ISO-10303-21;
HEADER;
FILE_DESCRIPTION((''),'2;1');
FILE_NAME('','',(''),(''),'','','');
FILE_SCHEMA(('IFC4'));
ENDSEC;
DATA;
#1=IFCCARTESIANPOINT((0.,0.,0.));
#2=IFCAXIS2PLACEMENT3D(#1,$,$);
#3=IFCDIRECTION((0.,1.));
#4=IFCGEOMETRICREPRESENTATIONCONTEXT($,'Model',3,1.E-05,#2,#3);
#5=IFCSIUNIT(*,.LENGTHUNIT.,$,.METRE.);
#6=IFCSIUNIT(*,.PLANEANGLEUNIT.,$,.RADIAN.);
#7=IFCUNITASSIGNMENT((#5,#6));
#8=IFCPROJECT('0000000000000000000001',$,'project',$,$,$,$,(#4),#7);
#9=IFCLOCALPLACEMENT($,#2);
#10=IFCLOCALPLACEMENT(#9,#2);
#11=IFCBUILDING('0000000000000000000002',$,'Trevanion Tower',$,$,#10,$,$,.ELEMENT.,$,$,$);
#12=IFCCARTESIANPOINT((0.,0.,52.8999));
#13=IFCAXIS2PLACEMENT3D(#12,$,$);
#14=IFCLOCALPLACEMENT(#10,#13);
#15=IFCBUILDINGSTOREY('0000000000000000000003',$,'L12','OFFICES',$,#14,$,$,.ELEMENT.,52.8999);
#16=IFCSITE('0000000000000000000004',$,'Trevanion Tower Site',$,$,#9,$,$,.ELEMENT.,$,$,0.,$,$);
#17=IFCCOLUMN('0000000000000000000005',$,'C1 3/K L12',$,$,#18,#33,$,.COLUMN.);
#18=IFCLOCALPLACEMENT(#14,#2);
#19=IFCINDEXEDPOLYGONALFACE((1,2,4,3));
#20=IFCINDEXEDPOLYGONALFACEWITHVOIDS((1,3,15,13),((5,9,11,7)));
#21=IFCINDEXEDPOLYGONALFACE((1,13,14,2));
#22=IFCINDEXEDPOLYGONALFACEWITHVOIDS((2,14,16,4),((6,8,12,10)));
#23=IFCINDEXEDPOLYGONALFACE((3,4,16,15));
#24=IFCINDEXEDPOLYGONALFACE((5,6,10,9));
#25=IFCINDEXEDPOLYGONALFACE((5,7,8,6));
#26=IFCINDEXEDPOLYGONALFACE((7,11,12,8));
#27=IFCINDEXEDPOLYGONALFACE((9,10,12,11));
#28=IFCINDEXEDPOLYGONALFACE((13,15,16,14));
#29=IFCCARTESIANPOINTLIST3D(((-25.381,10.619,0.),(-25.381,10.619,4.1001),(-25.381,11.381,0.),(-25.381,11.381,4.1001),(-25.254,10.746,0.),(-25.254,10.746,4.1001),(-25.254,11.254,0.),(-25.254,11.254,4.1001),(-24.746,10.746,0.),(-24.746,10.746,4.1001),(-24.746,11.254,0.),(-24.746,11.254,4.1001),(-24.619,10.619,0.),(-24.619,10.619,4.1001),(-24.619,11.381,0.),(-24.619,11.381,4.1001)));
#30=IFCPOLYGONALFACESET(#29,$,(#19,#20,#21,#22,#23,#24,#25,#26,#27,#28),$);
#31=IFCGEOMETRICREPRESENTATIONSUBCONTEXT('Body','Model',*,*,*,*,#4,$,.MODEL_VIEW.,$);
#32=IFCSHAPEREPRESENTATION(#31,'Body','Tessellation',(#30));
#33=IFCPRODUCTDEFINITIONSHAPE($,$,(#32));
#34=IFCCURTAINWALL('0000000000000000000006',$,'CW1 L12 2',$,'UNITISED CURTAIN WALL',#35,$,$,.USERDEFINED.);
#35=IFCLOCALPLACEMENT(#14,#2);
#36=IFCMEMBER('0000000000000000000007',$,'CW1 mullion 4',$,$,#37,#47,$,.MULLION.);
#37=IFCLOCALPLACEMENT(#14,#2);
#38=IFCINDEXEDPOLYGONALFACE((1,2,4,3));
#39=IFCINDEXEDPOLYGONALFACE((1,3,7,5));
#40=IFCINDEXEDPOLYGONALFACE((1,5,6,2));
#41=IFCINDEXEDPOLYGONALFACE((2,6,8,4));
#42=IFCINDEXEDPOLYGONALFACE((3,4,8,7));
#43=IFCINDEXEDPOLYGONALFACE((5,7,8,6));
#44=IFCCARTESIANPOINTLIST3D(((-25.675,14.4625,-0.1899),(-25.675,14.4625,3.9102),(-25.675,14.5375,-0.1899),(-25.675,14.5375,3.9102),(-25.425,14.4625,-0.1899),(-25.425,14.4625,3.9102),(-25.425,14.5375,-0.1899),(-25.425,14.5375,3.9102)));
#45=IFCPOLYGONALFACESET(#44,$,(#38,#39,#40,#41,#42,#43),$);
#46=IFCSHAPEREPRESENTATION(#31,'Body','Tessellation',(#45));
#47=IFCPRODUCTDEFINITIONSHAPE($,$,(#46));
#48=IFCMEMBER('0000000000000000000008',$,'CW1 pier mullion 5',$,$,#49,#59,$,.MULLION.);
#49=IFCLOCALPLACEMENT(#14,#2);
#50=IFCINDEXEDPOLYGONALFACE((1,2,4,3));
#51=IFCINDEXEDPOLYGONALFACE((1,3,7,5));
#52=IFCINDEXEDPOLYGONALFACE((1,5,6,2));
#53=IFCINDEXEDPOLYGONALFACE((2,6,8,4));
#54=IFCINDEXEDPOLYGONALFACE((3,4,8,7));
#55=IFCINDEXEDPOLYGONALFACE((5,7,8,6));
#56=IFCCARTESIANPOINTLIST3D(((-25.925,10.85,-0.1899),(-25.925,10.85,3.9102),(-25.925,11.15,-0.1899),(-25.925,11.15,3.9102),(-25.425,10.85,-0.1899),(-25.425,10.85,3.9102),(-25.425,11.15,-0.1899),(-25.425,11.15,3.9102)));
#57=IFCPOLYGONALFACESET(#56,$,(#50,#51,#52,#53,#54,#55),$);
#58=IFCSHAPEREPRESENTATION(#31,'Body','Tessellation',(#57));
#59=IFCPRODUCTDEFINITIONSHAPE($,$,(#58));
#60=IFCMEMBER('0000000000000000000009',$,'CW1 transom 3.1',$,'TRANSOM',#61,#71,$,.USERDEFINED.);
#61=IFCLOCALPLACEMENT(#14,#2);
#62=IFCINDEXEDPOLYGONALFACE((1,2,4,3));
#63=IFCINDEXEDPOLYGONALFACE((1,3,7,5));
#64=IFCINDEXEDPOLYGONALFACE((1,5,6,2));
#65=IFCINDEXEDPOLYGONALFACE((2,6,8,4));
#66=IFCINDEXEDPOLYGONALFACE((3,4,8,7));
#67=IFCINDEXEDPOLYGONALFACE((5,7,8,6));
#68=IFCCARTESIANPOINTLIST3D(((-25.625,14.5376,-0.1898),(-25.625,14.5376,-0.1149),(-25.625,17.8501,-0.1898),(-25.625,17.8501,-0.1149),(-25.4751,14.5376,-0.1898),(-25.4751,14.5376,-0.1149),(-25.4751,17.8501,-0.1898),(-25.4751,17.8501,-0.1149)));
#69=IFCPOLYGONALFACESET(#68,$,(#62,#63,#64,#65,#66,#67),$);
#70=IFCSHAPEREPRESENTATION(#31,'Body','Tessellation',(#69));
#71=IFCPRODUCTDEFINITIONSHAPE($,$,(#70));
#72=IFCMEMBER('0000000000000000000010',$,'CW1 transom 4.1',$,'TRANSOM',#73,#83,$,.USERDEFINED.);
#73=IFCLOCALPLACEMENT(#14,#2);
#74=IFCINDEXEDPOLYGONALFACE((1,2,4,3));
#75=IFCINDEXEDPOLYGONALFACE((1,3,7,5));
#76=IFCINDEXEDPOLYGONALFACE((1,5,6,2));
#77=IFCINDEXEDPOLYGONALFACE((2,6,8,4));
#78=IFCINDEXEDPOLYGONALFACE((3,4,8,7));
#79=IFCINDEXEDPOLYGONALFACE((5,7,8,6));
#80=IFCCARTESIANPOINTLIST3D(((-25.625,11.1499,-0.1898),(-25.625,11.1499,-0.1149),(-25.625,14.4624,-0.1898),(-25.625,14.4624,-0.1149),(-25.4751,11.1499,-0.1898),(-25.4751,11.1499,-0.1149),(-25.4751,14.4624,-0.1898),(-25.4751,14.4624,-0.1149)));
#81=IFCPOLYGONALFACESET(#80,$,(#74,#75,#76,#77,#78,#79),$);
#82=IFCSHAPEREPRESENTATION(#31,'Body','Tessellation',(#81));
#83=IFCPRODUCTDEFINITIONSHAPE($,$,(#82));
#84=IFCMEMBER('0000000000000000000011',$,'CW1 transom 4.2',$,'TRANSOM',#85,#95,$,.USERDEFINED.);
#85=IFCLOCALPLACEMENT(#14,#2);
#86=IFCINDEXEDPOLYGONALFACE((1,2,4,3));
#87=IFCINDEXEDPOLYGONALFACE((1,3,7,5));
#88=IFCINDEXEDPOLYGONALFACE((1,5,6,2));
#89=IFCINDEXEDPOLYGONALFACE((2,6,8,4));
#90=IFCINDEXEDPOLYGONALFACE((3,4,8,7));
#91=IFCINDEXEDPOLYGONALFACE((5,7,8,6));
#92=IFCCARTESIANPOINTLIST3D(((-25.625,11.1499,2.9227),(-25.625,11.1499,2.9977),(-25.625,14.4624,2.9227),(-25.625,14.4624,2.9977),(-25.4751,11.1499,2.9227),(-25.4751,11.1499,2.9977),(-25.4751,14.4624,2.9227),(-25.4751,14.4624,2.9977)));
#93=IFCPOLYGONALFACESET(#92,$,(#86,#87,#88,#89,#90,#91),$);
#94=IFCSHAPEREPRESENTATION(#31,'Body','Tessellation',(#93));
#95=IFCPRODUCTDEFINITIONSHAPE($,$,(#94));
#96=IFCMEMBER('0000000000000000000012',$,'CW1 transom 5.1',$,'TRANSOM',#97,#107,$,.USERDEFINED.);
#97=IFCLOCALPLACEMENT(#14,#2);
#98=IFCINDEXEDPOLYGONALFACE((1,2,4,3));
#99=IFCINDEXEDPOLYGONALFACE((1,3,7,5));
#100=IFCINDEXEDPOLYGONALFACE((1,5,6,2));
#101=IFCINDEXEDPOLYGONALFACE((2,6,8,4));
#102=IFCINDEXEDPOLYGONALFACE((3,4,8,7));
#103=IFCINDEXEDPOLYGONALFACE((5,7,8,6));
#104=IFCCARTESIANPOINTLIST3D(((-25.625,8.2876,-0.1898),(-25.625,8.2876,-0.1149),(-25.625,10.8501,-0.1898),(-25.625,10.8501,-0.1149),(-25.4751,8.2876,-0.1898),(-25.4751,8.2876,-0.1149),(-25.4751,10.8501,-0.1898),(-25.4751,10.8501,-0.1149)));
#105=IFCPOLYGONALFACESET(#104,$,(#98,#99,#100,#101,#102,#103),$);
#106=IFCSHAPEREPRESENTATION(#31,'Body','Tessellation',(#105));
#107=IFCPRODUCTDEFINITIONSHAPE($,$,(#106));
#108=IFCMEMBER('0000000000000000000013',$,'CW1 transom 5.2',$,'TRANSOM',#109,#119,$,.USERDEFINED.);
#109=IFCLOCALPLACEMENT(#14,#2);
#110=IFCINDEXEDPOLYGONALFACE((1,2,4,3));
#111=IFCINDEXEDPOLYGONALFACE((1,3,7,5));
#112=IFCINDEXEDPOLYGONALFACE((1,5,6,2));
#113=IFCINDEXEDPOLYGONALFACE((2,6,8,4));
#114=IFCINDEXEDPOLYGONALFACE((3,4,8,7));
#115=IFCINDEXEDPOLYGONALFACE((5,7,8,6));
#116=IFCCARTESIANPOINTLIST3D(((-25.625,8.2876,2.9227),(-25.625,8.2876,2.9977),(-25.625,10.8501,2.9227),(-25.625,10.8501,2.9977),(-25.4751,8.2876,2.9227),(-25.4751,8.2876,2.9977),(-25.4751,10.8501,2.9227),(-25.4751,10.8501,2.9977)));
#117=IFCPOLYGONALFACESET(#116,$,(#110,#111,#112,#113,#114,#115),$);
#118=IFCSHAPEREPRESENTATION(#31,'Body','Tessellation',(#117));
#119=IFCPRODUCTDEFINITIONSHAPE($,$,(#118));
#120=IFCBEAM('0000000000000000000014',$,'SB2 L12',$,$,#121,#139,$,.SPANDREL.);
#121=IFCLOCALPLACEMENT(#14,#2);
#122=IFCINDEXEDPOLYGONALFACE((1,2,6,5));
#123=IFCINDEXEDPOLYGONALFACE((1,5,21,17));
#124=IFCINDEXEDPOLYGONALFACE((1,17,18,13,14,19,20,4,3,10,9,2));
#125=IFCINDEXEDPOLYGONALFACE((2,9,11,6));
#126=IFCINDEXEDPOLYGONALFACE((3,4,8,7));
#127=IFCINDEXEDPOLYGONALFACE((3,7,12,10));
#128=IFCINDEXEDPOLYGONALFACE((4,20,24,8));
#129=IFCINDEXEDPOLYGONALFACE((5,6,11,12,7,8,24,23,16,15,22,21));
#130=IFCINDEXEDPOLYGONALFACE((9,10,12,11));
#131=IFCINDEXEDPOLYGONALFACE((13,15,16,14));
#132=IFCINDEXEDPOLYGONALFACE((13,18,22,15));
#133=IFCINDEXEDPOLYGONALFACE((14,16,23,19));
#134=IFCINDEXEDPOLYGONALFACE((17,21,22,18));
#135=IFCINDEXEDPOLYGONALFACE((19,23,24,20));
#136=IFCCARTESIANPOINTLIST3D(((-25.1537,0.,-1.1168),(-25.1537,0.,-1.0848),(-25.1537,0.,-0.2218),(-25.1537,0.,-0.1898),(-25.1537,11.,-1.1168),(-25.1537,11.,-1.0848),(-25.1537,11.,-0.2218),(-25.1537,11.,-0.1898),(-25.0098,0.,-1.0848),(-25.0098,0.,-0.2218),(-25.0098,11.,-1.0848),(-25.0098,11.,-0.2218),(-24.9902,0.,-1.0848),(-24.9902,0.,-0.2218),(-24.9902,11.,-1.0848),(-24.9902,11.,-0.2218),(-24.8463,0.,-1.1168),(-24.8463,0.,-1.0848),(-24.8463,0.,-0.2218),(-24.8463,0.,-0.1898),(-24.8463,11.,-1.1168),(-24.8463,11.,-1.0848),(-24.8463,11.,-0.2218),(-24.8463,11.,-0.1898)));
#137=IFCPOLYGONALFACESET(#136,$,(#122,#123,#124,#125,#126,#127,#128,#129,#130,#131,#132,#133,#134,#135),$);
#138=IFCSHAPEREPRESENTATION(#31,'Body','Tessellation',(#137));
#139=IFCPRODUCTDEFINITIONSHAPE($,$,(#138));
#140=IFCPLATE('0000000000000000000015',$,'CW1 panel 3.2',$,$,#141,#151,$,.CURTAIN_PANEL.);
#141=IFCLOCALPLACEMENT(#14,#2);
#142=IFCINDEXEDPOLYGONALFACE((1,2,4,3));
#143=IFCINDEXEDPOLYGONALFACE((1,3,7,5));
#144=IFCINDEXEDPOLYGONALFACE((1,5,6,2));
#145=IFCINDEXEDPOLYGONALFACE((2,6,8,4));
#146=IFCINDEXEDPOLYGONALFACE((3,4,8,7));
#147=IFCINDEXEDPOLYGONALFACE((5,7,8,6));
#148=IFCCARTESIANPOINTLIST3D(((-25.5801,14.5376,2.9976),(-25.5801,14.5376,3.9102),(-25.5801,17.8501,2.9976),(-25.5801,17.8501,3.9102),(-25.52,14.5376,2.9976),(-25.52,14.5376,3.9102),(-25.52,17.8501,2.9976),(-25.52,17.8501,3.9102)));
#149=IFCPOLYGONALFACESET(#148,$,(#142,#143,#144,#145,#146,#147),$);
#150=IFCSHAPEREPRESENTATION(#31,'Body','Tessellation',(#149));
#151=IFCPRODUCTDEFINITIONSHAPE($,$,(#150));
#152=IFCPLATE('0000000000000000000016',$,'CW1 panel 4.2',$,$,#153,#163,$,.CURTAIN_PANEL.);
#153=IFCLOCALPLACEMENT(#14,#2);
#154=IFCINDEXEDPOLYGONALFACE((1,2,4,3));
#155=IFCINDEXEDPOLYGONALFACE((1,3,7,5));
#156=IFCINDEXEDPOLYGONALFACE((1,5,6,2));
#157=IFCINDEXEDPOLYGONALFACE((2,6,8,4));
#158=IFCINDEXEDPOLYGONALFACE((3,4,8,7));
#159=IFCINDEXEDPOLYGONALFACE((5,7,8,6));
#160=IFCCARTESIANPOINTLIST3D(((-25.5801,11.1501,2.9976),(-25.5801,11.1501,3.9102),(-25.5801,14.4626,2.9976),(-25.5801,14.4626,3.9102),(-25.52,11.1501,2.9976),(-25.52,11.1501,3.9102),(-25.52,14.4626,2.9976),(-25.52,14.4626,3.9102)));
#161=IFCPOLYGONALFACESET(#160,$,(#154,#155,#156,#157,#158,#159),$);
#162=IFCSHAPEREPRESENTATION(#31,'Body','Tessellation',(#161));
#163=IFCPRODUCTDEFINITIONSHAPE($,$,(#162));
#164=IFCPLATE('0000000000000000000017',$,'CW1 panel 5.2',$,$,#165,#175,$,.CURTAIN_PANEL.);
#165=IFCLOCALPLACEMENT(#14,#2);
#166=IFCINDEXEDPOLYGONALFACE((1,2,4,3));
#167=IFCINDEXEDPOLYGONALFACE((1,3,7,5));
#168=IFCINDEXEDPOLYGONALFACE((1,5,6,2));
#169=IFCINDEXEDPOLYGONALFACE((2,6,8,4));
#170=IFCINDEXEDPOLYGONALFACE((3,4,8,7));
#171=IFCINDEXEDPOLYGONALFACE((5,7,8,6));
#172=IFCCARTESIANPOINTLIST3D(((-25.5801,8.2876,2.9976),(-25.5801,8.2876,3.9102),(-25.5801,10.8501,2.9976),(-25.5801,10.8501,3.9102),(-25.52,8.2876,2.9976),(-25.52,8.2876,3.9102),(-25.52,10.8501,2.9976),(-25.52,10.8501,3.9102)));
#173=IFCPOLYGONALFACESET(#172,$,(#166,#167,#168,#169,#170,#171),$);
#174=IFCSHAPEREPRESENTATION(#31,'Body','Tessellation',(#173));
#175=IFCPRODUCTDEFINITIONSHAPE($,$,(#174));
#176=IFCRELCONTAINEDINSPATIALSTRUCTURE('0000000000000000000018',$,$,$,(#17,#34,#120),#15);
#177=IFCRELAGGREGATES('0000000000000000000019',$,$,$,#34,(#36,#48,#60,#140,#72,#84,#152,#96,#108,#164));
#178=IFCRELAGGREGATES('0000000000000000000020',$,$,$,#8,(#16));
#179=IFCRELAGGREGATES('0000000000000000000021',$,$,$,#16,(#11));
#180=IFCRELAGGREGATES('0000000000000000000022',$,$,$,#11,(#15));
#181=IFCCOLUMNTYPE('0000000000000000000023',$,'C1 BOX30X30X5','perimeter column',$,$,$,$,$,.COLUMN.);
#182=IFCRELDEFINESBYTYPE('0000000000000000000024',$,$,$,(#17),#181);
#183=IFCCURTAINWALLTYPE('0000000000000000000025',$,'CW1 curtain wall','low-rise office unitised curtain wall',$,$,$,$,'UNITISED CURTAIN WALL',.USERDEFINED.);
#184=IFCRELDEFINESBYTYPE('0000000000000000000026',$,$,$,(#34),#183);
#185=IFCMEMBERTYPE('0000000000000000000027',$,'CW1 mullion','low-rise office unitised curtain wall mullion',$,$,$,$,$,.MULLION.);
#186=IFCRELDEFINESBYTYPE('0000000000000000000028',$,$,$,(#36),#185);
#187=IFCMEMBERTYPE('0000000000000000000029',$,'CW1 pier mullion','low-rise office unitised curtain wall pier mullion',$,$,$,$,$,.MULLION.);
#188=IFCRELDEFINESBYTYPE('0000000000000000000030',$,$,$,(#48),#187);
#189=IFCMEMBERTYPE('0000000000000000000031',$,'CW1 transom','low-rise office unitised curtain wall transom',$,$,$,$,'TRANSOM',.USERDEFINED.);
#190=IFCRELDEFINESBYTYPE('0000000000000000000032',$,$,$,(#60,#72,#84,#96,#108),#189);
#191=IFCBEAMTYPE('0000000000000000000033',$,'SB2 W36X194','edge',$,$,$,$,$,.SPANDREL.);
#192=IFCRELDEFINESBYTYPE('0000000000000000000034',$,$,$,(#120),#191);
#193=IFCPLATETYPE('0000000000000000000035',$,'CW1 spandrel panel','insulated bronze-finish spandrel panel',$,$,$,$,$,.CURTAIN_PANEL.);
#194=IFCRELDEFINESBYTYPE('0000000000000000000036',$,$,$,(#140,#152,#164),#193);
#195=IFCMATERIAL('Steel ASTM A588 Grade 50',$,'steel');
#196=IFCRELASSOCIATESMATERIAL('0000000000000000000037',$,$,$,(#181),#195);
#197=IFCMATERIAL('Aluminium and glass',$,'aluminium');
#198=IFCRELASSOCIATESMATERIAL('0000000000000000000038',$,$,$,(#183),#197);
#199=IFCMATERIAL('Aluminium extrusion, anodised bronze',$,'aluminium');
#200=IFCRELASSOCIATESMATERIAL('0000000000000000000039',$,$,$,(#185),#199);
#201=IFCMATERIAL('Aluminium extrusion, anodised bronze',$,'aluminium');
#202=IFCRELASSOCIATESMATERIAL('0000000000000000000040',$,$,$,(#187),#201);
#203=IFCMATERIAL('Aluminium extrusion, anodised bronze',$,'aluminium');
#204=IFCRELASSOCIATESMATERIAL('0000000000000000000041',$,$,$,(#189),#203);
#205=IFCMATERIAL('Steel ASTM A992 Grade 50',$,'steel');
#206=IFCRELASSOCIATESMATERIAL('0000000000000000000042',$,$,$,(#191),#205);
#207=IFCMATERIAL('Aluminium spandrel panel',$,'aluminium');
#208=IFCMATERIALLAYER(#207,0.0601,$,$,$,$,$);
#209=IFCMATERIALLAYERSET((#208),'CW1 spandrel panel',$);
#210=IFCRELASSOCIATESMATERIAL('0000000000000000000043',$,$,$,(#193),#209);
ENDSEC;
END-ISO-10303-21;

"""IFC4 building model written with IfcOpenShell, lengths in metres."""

from ifc_helpers import new_model, si_unit, direction, frame, origin, origin_2d, place, context, subcontext, project, spatial, rectangle, hollow_rectangle, i_section, extrude, material, layer, layer_set, material_profile, profile_set, type_object, element, aggregate, save


model = new_model("IFC4")

# Units and contexts
model_context = context("Model", 3, precision=1e-05, world=origin(), true_north=direction((0.0, 1.0)))
body_context = subcontext(model_context, "Body", "Model", "MODEL_VIEW")
ifc_project = project(units=[si_unit("LENGTHUNIT", "METRE"), si_unit("PLANEANGLEUNIT", "RADIAN")], contexts=[model_context])

# Site, building, storey
site_placement = place(None, origin())
site = spatial("IfcSite", under=ifc_project, at=site_placement, Name="Trevanion Tower Site", CompositionType="ELEMENT", RefElevation=0.0)
building_placement = place(site_placement, origin())
building = spatial("IfcBuilding", under=site, at=building_placement, Name="Trevanion Tower", CompositionType="ELEMENT")
storey_placement = place(building_placement, frame((0.0, 0.0, 52.8999)))
storey = spatial("IfcBuildingStorey", under=building, at=storey_placement, Name="L12", Description="OFFICES", CompositionType="ELEMENT", Elevation=52.8999)

# Column
ifc_material_1 = material(Name="Steel ASTM A588 Grade 50", Category="steel")
ifc_material_profile_1 = material_profile(ifc_material_1, hollow_rectangle(XDim=0.762, YDim=0.762, WallThickness=0.127, at=origin_2d()), Name="BOX30X30X5")
ifc_profile_set_1 = profile_set([ifc_material_profile_1], Name="Steel ASTM A588 Grade 50")
column_type = type_object("IfcColumnType", Name="C1 BOX30X30X5", Description="perimeter column", PredefinedType="COLUMN", material=ifc_profile_set_1)
column_placement = place(storey_placement, frame((-25.0, 11.0, 0.0), z_axis=(0.0, 0.0, 1.0), x_axis=(0.0, 1.0, 0.0)))
element("IfcColumn", 1, at=column_placement, inside=storey, type_object=column_type, Name="C1 3/K L12", PredefinedType="COLUMN", context=body_context, shape_type="SweptSolid", body=[
    extrude(hollow_rectangle(XDim=0.762, YDim=0.762, WallThickness=0.127, at=origin_2d()), origin(), (0.0, 0.0, 1.0), 4.1001),
])

# Curtain wall, members
ifc_material_2 = material(Name="Aluminium and glass", Category="aluminium")
curtain_wall_type = type_object("IfcCurtainWallType", Name="CW1 curtain wall", Description="low-rise office unitised curtain wall", ElementType="UNITISED CURTAIN WALL", PredefinedType="USERDEFINED", material=ifc_material_2)
curtain_wall_placement = place(storey_placement, origin())
curtain_wall = element("IfcCurtainWall", 2, at=curtain_wall_placement, inside=storey, type_object=curtain_wall_type, Name="CW1 L12 2", ObjectType="UNITISED CURTAIN WALL", PredefinedType="USERDEFINED")
ifc_material_3 = material(Name="Aluminium extrusion, anodised bronze", Category="aluminium")
ifc_material_profile_2 = material_profile(ifc_material_3, rectangle(XDim=0.075, YDim=0.25, at=origin_2d()), Name="CW1 mullion")
ifc_profile_set_2 = profile_set([ifc_material_profile_2], Name="Aluminium extrusion, anodised bronze")
member_type_1 = type_object("IfcMemberType", Name="CW1 mullion", Description="low-rise office unitised curtain wall mullion", PredefinedType="MULLION", material=ifc_profile_set_2)
member_1_placement = place(storey_placement, frame((-25.55, 14.5, -0.1899), z_axis=(0.0, 0.0, 1.0), x_axis=(0.0, -1.0, 0.0)))
member_1 = element("IfcMember", 3, at=member_1_placement, type_object=member_type_1, Name="CW1 mullion 4", PredefinedType="MULLION", context=body_context, shape_type="SweptSolid", body=[
    extrude(rectangle(XDim=0.075, YDim=0.25, at=origin_2d()), origin(), (0.0, 0.0, 1.0), 4.1001),
])
ifc_material_4 = material(Name="Aluminium extrusion, anodised bronze", Category="aluminium")
ifc_material_profile_3 = material_profile(ifc_material_4, rectangle(XDim=0.3, YDim=0.5, at=origin_2d()), Name="CW1 pier mullion")
ifc_profile_set_3 = profile_set([ifc_material_profile_3], Name="Aluminium extrusion, anodised bronze")
member_type_2 = type_object("IfcMemberType", Name="CW1 pier mullion", Description="low-rise office unitised curtain wall pier mullion", PredefinedType="MULLION", material=ifc_profile_set_3)
member_2_placement = place(storey_placement, frame((-25.675, 11.0, -0.1899), z_axis=(0.0, 0.0, 1.0), x_axis=(0.0, -1.0, 0.0)))
member_2 = element("IfcMember", 4, at=member_2_placement, type_object=member_type_2, Name="CW1 pier mullion 5", PredefinedType="MULLION", context=body_context, shape_type="SweptSolid", body=[
    extrude(rectangle(XDim=0.3, YDim=0.5, at=origin_2d()), origin(), (0.0, 0.0, 1.0), 4.1001),
])
ifc_material_5 = material(Name="Aluminium extrusion, anodised bronze", Category="aluminium")
ifc_material_profile_4 = material_profile(ifc_material_5, rectangle(XDim=0.1499, YDim=0.075, at=origin_2d()), Name="CW1 transom")
ifc_profile_set_4 = profile_set([ifc_material_profile_4], Name="Aluminium extrusion, anodised bronze")
member_type_3 = type_object("IfcMemberType", Name="CW1 transom", Description="low-rise office unitised curtain wall transom", ElementType="TRANSOM", PredefinedType="USERDEFINED", material=ifc_profile_set_4)
member_3_placement = place(storey_placement, frame((-25.55, 17.8501, -0.1523), z_axis=(0.0, -1.0, 0.0), x_axis=(1.0, 0.0, 0.0)))
member_3 = element("IfcMember", 5, at=member_3_placement, type_object=member_type_3, Name="CW1 transom 3.1", ObjectType="TRANSOM", PredefinedType="USERDEFINED", context=body_context, shape_type="SweptSolid", body=[
    extrude(rectangle(XDim=0.1499, YDim=0.075, at=origin_2d()), origin(), (0.0, 0.0, 1.0), 3.3125),
])
member_4_placement = place(storey_placement, frame((-25.55, 14.4624, -0.1523), z_axis=(0.0, -1.0, 0.0), x_axis=(1.0, 0.0, 0.0)))
member_4 = element("IfcMember", 6, at=member_4_placement, type_object=member_type_3, Name="CW1 transom 4.1", ObjectType="TRANSOM", PredefinedType="USERDEFINED", context=body_context, shape_type="SweptSolid", body=[
    extrude(rectangle(XDim=0.1499, YDim=0.075, at=origin_2d()), origin(), (0.0, 0.0, 1.0), 3.3125),
])
member_5_placement = place(storey_placement, frame((-25.55, 14.4624, 2.9602), z_axis=(0.0, -1.0, 0.0), x_axis=(1.0, 0.0, 0.0)))
member_5 = element("IfcMember", 7, at=member_5_placement, type_object=member_type_3, Name="CW1 transom 4.2", ObjectType="TRANSOM", PredefinedType="USERDEFINED", context=body_context, shape_type="SweptSolid", body=[
    extrude(rectangle(XDim=0.1499, YDim=0.075, at=origin_2d()), origin(), (0.0, 0.0, 1.0), 3.3125),
])
member_6_placement = place(storey_placement, frame((-25.55, 10.8501, -0.1523), z_axis=(0.0, -1.0, 0.0), x_axis=(1.0, 0.0, 0.0)))
member_6 = element("IfcMember", 8, at=member_6_placement, type_object=member_type_3, Name="CW1 transom 5.1", ObjectType="TRANSOM", PredefinedType="USERDEFINED", context=body_context, shape_type="SweptSolid", body=[
    extrude(rectangle(XDim=0.1499, YDim=0.075, at=origin_2d()), origin(), (0.0, 0.0, 1.0), 2.5625),
])
member_7_placement = place(storey_placement, frame((-25.55, 10.8501, 2.9602), z_axis=(0.0, -1.0, 0.0), x_axis=(1.0, 0.0, 0.0)))
member_7 = element("IfcMember", 9, at=member_7_placement, type_object=member_type_3, Name="CW1 transom 5.2", ObjectType="TRANSOM", PredefinedType="USERDEFINED", context=body_context, shape_type="SweptSolid", body=[
    extrude(rectangle(XDim=0.1499, YDim=0.075, at=origin_2d()), origin(), (0.0, 0.0, 1.0), 2.5625),
])

# Beam
ifc_material_6 = material(Name="Steel ASTM A992 Grade 50", Category="steel")
ifc_material_profile_5 = material_profile(ifc_material_6, i_section(OverallWidth=0.3074, OverallDepth=0.927, WebThickness=0.0195, FlangeThickness=0.032, at=origin_2d()), Name="W36X194")
ifc_profile_set_5 = profile_set([ifc_material_profile_5], Name="Steel ASTM A992 Grade 50")
beam_type = type_object("IfcBeamType", Name="SB2 W36X194", Description="edge", PredefinedType="SPANDREL", material=ifc_profile_set_5)
beam_placement = place(storey_placement, frame((-25.0, 11.0, -0.6533), z_axis=(0.0, -1.0, 0.0), x_axis=(1.0, 0.0, 0.0)))
element("IfcBeam", 10, at=beam_placement, inside=storey, type_object=beam_type, Name="SB2 L12", PredefinedType="SPANDREL", context=body_context, shape_type="SweptSolid", body=[
    extrude(i_section(OverallWidth=0.3074, OverallDepth=0.927, WebThickness=0.0195, FlangeThickness=0.032, at=origin_2d()), origin(), (0.0, 0.0, 1.0), 11.0),
])

# Plates
ifc_material_7 = material(Name="Aluminium spandrel panel", Category="aluminium")
ifc_layer_1 = layer(ifc_material_7, 0.0601)
ifc_layer_set_1 = layer_set([ifc_layer_1], Name="CW1 spandrel panel")
plate_type_1 = type_object("IfcPlateType", Name="CW1 spandrel panel", Description="insulated bronze-finish spandrel panel", PredefinedType="CURTAIN_PANEL", material=ifc_layer_set_1)
plate_1_placement = place(storey_placement, frame((-25.55, 16.1938, 2.9976), z_axis=(0.0, 0.0, 1.0), x_axis=(0.0, -1.0, 0.0)))
plate_1 = element("IfcPlate", 11, at=plate_1_placement, type_object=plate_type_1, Name="CW1 panel 3.2", PredefinedType="CURTAIN_PANEL", context=body_context, shape_type="SweptSolid", body=[
    extrude(rectangle(XDim=3.3125, YDim=0.0601, at=origin_2d()), origin(), (0.0, 0.0, 1.0), 0.9126),
])
plate_2_placement = place(storey_placement, frame((-25.55, 12.8064, 2.9976), z_axis=(0.0, 0.0, 1.0), x_axis=(0.0, -1.0, 0.0)))
plate_2 = element("IfcPlate", 12, at=plate_2_placement, type_object=plate_type_1, Name="CW1 panel 4.2", PredefinedType="CURTAIN_PANEL", context=body_context, shape_type="SweptSolid", body=[
    extrude(rectangle(XDim=3.3125, YDim=0.0601, at=origin_2d()), origin(), (0.0, 0.0, 1.0), 0.9126),
])
plate_3_placement = place(storey_placement, frame((-25.55, 9.5688, 2.9976), z_axis=(0.0, 0.0, 1.0), x_axis=(0.0, -1.0, 0.0)))
plate_3 = element("IfcPlate", 13, at=plate_3_placement, type_object=plate_type_1, Name="CW1 panel 5.2", PredefinedType="CURTAIN_PANEL", context=body_context, shape_type="SweptSolid", body=[
    extrude(rectangle(XDim=2.5625, YDim=0.0601, at=origin_2d()), origin(), (0.0, 0.0, 1.0), 0.9126),
])
aggregate(curtain_wall, [member_1, member_2, member_3, plate_1, member_4, member_5, plate_2, member_6, member_7, plate_3])

save(model, "model.ifc")
